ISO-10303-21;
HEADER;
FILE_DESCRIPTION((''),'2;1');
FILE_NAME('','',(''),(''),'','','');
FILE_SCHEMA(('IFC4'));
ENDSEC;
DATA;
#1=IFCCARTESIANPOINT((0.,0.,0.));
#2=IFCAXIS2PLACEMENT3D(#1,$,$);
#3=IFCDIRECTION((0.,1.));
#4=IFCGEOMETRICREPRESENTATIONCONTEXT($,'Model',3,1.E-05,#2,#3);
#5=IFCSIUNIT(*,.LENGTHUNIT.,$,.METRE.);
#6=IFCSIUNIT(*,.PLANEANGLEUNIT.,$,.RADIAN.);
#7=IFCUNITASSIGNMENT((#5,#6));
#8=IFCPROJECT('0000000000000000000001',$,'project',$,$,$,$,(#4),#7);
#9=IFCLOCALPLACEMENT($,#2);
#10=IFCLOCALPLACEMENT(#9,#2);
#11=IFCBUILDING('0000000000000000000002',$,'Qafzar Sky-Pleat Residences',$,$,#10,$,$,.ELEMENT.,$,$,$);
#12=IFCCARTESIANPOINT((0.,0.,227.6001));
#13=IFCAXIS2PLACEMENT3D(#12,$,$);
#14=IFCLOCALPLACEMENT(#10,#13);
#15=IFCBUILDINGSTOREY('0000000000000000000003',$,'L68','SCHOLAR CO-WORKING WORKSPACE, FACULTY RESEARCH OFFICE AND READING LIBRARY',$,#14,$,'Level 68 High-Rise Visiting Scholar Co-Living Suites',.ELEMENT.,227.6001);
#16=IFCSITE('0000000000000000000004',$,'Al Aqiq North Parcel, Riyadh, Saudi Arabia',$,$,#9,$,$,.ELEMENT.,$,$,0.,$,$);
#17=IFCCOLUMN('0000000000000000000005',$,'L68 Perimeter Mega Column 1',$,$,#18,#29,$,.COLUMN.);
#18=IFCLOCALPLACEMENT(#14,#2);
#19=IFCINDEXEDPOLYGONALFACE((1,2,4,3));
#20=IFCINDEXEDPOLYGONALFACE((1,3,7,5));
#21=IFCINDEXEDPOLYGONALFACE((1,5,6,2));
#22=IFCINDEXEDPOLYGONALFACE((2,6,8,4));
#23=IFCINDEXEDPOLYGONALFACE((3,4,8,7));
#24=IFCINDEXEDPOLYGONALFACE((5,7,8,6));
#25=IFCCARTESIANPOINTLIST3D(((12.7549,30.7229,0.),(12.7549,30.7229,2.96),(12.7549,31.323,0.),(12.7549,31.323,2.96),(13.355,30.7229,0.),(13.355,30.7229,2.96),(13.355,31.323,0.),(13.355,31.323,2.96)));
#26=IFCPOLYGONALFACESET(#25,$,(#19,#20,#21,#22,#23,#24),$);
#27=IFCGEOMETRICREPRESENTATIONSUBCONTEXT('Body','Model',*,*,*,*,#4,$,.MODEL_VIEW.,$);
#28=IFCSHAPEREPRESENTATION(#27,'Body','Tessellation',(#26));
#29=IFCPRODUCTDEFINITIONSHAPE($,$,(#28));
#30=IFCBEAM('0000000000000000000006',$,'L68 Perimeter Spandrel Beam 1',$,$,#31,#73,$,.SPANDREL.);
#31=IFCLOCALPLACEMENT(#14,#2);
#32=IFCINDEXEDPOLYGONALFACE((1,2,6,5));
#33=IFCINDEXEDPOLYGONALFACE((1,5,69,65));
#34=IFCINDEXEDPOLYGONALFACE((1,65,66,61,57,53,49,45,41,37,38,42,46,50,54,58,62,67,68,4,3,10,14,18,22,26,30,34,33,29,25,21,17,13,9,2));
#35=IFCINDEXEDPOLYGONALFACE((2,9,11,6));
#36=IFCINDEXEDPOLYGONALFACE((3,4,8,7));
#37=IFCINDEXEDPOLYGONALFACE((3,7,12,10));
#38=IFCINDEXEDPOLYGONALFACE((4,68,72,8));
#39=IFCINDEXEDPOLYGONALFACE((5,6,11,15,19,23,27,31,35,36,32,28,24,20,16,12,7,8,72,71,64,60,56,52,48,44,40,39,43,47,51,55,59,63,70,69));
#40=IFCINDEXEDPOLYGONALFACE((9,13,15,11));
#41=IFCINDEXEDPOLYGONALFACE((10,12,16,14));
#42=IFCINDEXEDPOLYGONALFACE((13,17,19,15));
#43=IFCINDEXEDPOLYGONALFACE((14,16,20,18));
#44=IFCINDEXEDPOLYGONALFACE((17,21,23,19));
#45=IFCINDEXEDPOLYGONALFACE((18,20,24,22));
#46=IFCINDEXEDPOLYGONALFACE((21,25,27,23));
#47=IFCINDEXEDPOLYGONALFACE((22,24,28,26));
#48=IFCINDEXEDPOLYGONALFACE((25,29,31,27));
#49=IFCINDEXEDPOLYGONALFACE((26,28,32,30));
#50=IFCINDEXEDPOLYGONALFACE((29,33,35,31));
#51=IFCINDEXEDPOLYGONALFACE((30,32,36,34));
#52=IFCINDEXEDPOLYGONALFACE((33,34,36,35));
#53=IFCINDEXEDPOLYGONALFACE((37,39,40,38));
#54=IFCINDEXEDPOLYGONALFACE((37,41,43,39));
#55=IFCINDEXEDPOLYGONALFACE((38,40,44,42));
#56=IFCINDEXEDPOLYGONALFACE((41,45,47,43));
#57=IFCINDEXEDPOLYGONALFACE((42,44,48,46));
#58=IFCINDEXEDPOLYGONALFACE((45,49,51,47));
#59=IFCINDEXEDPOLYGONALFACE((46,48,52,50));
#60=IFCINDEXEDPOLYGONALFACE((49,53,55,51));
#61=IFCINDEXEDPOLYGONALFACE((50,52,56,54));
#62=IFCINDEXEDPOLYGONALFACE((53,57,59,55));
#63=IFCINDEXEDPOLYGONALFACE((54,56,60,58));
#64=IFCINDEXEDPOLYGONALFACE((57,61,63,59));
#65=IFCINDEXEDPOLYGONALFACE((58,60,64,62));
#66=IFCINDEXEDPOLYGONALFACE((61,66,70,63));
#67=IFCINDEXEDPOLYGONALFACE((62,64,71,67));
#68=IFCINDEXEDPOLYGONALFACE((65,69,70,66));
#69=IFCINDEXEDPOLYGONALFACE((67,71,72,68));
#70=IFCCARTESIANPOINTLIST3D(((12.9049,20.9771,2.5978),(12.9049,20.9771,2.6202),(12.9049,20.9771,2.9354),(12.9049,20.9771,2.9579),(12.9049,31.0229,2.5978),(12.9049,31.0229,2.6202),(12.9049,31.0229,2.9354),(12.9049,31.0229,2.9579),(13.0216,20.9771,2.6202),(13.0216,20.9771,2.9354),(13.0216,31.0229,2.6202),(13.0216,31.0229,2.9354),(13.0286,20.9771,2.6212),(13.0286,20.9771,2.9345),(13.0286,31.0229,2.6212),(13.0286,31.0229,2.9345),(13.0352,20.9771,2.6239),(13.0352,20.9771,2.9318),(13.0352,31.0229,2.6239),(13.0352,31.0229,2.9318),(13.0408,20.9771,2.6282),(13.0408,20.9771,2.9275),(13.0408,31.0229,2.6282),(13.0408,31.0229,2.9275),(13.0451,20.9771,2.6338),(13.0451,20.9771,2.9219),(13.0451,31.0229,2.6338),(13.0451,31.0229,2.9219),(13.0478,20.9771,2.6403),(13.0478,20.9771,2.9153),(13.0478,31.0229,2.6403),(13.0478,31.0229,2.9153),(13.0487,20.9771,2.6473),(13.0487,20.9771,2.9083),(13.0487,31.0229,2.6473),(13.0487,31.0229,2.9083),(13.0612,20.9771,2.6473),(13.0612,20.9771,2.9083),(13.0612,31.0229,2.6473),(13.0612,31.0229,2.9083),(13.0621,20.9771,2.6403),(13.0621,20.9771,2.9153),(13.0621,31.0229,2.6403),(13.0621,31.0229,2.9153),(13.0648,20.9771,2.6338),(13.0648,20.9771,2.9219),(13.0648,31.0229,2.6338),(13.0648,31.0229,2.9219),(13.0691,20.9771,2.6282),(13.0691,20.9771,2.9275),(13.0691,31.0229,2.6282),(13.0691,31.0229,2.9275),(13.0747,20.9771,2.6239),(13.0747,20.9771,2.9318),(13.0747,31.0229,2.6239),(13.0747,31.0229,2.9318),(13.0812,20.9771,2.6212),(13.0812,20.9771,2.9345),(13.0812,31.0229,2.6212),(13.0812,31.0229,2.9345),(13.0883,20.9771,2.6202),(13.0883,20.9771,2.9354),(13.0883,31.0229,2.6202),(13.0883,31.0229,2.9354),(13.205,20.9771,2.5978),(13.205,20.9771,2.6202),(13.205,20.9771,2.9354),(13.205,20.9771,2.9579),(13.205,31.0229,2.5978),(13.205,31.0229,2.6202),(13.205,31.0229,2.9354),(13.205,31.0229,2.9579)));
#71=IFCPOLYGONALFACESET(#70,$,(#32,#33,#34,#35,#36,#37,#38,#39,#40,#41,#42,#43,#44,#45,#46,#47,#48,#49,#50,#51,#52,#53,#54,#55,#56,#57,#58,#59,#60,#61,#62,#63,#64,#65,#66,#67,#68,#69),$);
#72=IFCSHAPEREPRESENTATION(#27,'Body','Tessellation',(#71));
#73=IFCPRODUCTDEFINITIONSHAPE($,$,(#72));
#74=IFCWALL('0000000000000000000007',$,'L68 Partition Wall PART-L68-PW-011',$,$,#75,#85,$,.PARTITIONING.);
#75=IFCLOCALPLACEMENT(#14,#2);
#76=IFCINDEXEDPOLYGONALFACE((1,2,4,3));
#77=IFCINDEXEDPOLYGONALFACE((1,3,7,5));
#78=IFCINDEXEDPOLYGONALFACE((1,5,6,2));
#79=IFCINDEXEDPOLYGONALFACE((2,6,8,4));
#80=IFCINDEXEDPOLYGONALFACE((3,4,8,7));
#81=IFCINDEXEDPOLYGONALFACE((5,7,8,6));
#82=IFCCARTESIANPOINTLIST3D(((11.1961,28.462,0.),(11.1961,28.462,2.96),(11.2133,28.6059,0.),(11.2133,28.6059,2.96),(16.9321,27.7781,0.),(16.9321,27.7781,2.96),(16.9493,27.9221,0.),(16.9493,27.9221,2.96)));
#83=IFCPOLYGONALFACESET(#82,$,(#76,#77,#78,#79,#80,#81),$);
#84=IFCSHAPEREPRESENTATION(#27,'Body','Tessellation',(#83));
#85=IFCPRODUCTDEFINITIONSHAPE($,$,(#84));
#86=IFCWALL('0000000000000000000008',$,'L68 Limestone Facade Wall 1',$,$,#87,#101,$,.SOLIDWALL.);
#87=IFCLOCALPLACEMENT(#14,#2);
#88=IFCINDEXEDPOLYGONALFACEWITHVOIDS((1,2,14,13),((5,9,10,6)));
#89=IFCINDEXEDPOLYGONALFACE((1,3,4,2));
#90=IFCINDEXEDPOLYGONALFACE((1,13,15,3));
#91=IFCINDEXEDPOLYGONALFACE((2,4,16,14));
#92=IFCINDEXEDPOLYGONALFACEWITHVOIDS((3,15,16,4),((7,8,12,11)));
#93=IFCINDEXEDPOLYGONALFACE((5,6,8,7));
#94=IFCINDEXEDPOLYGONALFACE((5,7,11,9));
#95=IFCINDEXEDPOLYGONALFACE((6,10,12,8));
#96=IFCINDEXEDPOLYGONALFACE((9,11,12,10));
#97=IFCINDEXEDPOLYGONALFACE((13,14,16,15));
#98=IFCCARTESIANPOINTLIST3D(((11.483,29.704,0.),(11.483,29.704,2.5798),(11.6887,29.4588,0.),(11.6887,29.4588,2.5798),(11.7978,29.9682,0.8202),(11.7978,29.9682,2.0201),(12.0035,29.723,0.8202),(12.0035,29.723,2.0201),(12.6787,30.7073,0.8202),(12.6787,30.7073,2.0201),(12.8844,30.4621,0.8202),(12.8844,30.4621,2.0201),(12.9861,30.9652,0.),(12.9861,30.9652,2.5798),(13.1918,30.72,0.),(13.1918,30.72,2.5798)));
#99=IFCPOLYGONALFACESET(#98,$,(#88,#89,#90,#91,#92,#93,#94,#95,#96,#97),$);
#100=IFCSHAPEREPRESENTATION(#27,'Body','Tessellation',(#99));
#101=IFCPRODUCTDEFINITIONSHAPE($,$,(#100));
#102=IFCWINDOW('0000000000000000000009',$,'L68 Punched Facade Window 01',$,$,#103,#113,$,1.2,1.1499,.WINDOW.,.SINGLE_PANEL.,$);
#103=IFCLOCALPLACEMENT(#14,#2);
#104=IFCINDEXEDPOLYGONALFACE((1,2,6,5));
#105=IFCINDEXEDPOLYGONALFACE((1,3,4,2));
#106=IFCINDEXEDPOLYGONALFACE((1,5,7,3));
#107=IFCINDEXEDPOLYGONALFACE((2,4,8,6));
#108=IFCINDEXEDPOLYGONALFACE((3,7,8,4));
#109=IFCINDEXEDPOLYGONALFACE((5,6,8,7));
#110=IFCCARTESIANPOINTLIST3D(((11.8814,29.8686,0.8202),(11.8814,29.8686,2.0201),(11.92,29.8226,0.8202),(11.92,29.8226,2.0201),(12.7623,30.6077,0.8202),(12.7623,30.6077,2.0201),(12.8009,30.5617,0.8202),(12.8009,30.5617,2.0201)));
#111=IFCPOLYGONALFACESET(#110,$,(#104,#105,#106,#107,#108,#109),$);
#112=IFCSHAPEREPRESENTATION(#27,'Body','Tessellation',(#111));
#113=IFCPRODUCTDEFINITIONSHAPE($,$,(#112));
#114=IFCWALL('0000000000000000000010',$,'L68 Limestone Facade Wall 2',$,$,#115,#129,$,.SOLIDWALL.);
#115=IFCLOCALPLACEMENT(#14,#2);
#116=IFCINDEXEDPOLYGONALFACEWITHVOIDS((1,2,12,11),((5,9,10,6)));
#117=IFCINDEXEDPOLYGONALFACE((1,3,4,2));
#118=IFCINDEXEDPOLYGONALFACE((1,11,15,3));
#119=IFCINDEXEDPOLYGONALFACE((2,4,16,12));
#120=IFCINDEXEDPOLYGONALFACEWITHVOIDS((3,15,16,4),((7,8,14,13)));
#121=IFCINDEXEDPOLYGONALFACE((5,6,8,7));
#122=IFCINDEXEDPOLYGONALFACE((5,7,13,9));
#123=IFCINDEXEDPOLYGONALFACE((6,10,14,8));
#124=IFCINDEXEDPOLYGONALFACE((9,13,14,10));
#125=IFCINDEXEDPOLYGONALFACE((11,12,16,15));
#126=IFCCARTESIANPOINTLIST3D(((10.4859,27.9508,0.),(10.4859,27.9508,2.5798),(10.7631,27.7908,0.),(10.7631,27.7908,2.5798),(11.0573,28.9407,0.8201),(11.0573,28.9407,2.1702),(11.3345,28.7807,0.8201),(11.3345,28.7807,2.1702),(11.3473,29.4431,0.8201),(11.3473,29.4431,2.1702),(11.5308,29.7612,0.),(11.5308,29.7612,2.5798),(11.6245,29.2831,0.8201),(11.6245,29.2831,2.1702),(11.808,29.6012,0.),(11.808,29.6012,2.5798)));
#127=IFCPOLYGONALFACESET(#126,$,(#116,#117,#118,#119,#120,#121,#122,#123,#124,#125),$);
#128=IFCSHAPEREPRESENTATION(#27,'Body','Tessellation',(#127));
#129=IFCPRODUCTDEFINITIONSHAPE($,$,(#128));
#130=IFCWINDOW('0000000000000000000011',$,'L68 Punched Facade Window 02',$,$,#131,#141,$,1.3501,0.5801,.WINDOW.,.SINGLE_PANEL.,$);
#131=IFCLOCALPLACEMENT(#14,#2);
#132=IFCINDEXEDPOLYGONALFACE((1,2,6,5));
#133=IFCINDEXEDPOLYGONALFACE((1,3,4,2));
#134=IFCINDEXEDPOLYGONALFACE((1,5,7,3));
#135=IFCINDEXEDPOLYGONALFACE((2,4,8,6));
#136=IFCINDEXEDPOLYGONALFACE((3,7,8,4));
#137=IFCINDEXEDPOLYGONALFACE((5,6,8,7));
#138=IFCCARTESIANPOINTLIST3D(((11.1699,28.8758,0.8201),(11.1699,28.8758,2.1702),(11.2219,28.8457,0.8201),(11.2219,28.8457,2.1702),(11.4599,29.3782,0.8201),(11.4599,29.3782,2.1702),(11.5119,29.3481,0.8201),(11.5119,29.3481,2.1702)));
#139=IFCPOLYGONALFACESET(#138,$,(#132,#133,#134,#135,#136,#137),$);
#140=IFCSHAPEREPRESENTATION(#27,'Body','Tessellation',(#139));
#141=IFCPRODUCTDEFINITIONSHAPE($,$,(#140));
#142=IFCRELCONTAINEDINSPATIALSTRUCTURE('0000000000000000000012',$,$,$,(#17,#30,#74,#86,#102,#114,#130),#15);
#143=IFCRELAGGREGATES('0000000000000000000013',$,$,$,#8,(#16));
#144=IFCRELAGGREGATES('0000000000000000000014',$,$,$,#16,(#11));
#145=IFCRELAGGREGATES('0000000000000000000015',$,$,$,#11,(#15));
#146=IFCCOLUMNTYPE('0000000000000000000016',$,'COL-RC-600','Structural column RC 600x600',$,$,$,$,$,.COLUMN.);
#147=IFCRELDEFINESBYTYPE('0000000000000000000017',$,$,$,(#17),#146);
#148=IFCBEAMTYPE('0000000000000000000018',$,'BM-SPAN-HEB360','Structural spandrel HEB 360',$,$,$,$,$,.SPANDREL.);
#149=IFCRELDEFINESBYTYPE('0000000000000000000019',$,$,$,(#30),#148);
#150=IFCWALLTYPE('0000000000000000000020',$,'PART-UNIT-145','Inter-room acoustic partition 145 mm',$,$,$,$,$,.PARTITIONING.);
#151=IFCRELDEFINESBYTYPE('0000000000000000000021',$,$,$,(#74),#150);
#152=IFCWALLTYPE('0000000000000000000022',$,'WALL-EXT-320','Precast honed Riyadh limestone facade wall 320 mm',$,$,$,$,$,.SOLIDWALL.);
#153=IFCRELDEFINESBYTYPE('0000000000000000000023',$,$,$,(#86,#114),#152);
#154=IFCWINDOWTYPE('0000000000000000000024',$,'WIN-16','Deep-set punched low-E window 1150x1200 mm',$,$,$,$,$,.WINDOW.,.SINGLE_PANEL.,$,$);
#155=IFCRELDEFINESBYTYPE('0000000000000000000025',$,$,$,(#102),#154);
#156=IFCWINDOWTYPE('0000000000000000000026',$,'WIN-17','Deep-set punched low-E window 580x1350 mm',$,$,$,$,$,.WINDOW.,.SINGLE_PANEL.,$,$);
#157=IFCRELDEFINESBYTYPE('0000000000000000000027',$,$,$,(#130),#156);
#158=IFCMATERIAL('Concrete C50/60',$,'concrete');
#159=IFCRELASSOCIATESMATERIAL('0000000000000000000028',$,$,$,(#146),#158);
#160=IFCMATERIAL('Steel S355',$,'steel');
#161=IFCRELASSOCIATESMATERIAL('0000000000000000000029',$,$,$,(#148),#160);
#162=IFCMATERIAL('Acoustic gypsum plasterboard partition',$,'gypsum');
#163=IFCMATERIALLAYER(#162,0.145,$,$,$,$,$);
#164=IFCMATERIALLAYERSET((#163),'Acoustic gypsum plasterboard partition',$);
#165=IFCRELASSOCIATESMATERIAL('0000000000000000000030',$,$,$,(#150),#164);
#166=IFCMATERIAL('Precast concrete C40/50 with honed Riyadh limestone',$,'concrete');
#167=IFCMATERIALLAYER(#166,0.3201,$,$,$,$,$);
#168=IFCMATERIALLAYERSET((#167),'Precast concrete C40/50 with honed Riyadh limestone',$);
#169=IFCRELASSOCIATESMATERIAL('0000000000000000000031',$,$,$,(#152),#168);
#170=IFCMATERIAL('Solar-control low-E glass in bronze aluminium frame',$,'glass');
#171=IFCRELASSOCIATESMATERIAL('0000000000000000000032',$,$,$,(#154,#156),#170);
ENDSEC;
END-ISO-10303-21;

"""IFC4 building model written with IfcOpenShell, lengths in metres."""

from ifc_helpers import new_model, si_unit, direction, frame, frame_2d, origin, origin_2d, place, context, subcontext, project, spatial, rectangle, i_section, extrude, source, transform, mapped, material, layer, layer_set, material_profile, profile_set, type_object, element, fill, save


model = new_model("IFC4")

# Units and contexts
model_context = context("Model", 3, precision=1e-05, world=origin(), true_north=direction((0.0, 1.0)))
body_context = subcontext(model_context, "Body", "Model", "MODEL_VIEW")
ifc_project = project(units=[si_unit("LENGTHUNIT", "METRE"), si_unit("PLANEANGLEUNIT", "RADIAN")], contexts=[model_context])

# Site, building, storey
site_placement = place(None, origin())
site = spatial("IfcSite", under=ifc_project, at=site_placement, Name="Al Aqiq North Parcel, Riyadh, Saudi Arabia", CompositionType="ELEMENT", RefElevation=0.0)
building_placement = place(site_placement, origin())
building = spatial("IfcBuilding", under=site, at=building_placement, Name="Qafzar Sky-Pleat Residences", CompositionType="ELEMENT")
storey_placement = place(building_placement, frame((0.0, 0.0, 227.6001)))
storey = spatial("IfcBuildingStorey", under=building, at=storey_placement, Name="L68", Description="SCHOLAR CO-WORKING WORKSPACE, FACULTY RESEARCH OFFICE AND READING LIBRARY", LongName="Level 68 High-Rise Visiting Scholar Co-Living Suites", CompositionType="ELEMENT", Elevation=227.6001)

# Column
ifc_material_1 = material(Name="Concrete C50/60", Category="concrete")
ifc_material_profile_1 = material_profile(ifc_material_1, rectangle(XDim=0.6001, YDim=0.6001, at=origin_2d()), Name="RC 600x600")
ifc_profile_set_1 = profile_set([ifc_material_profile_1], Name="Concrete C50/60")
column_type = type_object("IfcColumnType", Name="COL-RC-600", Description="Structural column RC 600x600", PredefinedType="COLUMN", material=ifc_profile_set_1)
shared_shape_1 = source(origin(), body_context, "Body", "SweptSolid", [
    extrude(rectangle(XDim=0.6001, YDim=0.6001, at=origin_2d()), origin(), (0.0, 0.0, 1.0), 2.96),
])
column_placement = place(storey_placement, frame((13.0549, 31.0229, 0.0), z_axis=(0.0, 0.0, 1.0), x_axis=(1.0, 0.0, 0.0)))
element("IfcColumn", 1, at=column_placement, inside=storey, type_object=column_type, Name="L68 Perimeter Mega Column 1", PredefinedType="COLUMN", context=body_context, shape_type="MappedRepresentation", body=[
    mapped(shared_shape_1, transform((0.0, 0.0, 0.0), x_axis=(1.0, 0.0, 0.0), y_axis=(0.0, 1.0, 0.0), z_axis=(0.0, 0.0, 1.0), scale=1.0)),
])

# Beam
ifc_material_2 = material(Name="Steel S355", Category="steel")
ifc_material_profile_2 = material_profile(ifc_material_2, i_section(OverallWidth=0.3, OverallDepth=0.3601, WebThickness=0.0125, FlangeThickness=0.0225, FilletRadius=0.0271, at=origin_2d()), Name="HEB 360")
ifc_profile_set_2 = profile_set([ifc_material_profile_2], Name="Steel S355")
beam_type = type_object("IfcBeamType", Name="BM-SPAN-HEB360", Description="Structural spandrel HEB 360", PredefinedType="SPANDREL", material=ifc_profile_set_2)
shared_shape_2 = source(origin(), body_context, "Body", "SweptSolid", [
    extrude(i_section(OverallWidth=0.3, OverallDepth=0.3601, WebThickness=0.0125, FlangeThickness=0.0225, FilletRadius=0.0271, at=origin_2d()), origin(), (0.0, 0.0, 1.0), 10.0459),
])
beam_placement = place(storey_placement, frame((13.0549, 31.0229, 2.7778), z_axis=(0.0, -1.0, 0.0), x_axis=(1.0, 0.0, 0.0)))
element("IfcBeam", 2, at=beam_placement, inside=storey, type_object=beam_type, Name="L68 Perimeter Spandrel Beam 1", PredefinedType="SPANDREL", context=body_context, shape_type="MappedRepresentation", body=[
    mapped(shared_shape_2, transform((0.0, 0.0, 0.0), x_axis=(1.0, 0.0, 0.0), y_axis=(0.0, 1.0, 0.0), z_axis=(0.0, 0.0, 1.0), scale=1.0)),
])

# Wall
ifc_material_3 = material(Name="Acoustic gypsum plasterboard partition", Category="gypsum")
ifc_layer_1 = layer(ifc_material_3, 0.145)
ifc_layer_set_1 = layer_set([ifc_layer_1], Name="Acoustic gypsum plasterboard partition")
wall_type_1 = type_object("IfcWallType", Name="PART-UNIT-145", Description="Inter-room acoustic partition 145 mm", PredefinedType="PARTITIONING", material=ifc_layer_set_1)
wall_1_placement = place(storey_placement, frame((11.2048, 28.5339, 0.0), z_axis=(0.0, 0.0, 1.0), x_axis=(0.992969, -0.118379, 0.0)))
element("IfcWall", 3, at=wall_1_placement, inside=storey, type_object=wall_type_1, Name="L68 Partition Wall PART-L68-PW-011", PredefinedType="PARTITIONING", context=body_context, shape_type="SweptSolid", body=[
    extrude(rectangle(XDim=5.7766, YDim=0.145, at=frame_2d((2.8882, 0.0))), origin(), (0.0, 0.0, 1.0), 2.96),
])

# Walls, openings, windows
ifc_material_4 = material(Name="Precast concrete C40/50 with honed Riyadh limestone", Category="concrete")
ifc_layer_2 = layer(ifc_material_4, 0.3201)
ifc_layer_set_2 = layer_set([ifc_layer_2], Name="Precast concrete C40/50 with honed Riyadh limestone")
wall_type_2 = type_object("IfcWallType", Name="WALL-EXT-320", Description="Precast honed Riyadh limestone facade wall 320 mm", PredefinedType="SOLIDWALL", material=ifc_layer_set_2)
wall_2_placement = place(storey_placement, frame((13.0889, 30.8425, 0.0), z_axis=(0.0, 0.0, 1.0), x_axis=(-0.766065, -0.642763, 0.0)))
wall_2 = element("IfcWall", 4, at=wall_2_placement, inside=storey, type_object=wall_type_2, Name="L68 Limestone Facade Wall 1", PredefinedType="SOLIDWALL", context=body_context, shape_type="SweptSolid", body=[
    extrude(rectangle(XDim=1.9622, YDim=0.3201, at=frame_2d((0.981, 0.0))), origin(), (0.0, 0.0, 1.0), 2.5798),
])
opening_1_placement = place(wall_2_placement, frame((0.4011, 0.0, 0.8201)))
opening_1 = element("IfcOpeningElement", 5, at=opening_1_placement, cuts=wall_2, PredefinedType="OPENING", context=body_context, shape_type="SweptSolid", body=[
    extrude(rectangle(XDim=1.1499, YDim=1.2, at=frame_2d((0.575, 0.6001))), frame((0.0, 0.1699, 0.0), z_axis=(0.0, -1.0, 0.0), x_axis=(1.0, 0.0, 0.0)), (0.0, 0.0, 1.0), 0.3401),
])
ifc_material_5 = material(Name="Solar-control low-E glass in bronze aluminium frame", Category="glass")
window_type_1 = type_object("IfcWindowType", Name="WIN-16", Description="Deep-set punched low-E window 1150x1200 mm", PartitioningType="SINGLE_PANEL", PredefinedType="WINDOW", material=ifc_material_5)
shared_shape_3 = source(origin(), body_context, "Body", "SweptSolid", [
    extrude(rectangle(XDim=1.1499, YDim=1.2, at=frame_2d((0.575, 0.6001))), frame((0.0, 0.03, 0.0), z_axis=(0.0, -1.0, 0.0), x_axis=(1.0, 0.0, 0.0)), (0.0, 0.0, 1.0), 0.0601),
])
window_1_placement = place(opening_1_placement, origin())
window_1 = element("IfcWindow", 6, at=window_1_placement, inside=storey, type_object=window_type_1, Name="L68 Punched Facade Window 01", OverallHeight=1.2, OverallWidth=1.1499, PartitioningType="SINGLE_PANEL", PredefinedType="WINDOW", context=body_context, shape_type="MappedRepresentation", body=[
    mapped(shared_shape_3, transform((0.0, 0.0, 0.0), x_axis=(1.0, 0.0, 0.0), y_axis=(0.0, 1.0, 0.0), z_axis=(0.0, 0.0, 1.0), scale=1.0)),
])
fill(opening_1, window_1)
wall_3_placement = place(storey_placement, frame((11.6694, 29.6812, 0.0), z_axis=(0.0, 0.0, 1.0), x_axis=(-0.499908, -0.866079, 0.0)))
wall_3 = element("IfcWall", 7, at=wall_3_placement, inside=storey, type_object=wall_type_2, Name="L68 Limestone Facade Wall 2", PredefinedType="SOLIDWALL", context=body_context, shape_type="SweptSolid", body=[
    extrude(rectangle(XDim=2.0903, YDim=0.3201, at=frame_2d((1.0452, 0.0))), origin(), (0.0, 0.0, 1.0), 2.5798),
])
opening_2_placement = place(wall_3_placement, frame((0.3672, 0.0, 0.8201)))
opening_2 = element("IfcOpeningElement", 8, at=opening_2_placement, cuts=wall_3, PredefinedType="OPENING", context=body_context, shape_type="SweptSolid", body=[
    extrude(rectangle(XDim=0.5801, YDim=1.3501, at=frame_2d((0.29, 0.675))), frame((0.0, 0.1699, 0.0), z_axis=(0.0, -1.0, 0.0), x_axis=(1.0, 0.0, 0.0)), (0.0, 0.0, 1.0), 0.3401),
])
window_type_2 = type_object("IfcWindowType", Name="WIN-17", Description="Deep-set punched low-E window 580x1350 mm", PartitioningType="SINGLE_PANEL", PredefinedType="WINDOW", material=ifc_material_5)
shared_shape_4 = source(origin(), body_context, "Body", "SweptSolid", [
    extrude(rectangle(XDim=0.5801, YDim=1.3501, at=frame_2d((0.29, 0.675))), frame((0.0, 0.03, 0.0), z_axis=(0.0, -1.0, 0.0), x_axis=(1.0, 0.0, 0.0)), (0.0, 0.0, 1.0), 0.0601),
])
window_2_placement = place(opening_2_placement, origin())
window_2 = element("IfcWindow", 9, at=window_2_placement, inside=storey, type_object=window_type_2, Name="L68 Punched Facade Window 02", OverallHeight=1.3501, OverallWidth=0.5801, PartitioningType="SINGLE_PANEL", PredefinedType="WINDOW", context=body_context, shape_type="MappedRepresentation", body=[
    mapped(shared_shape_4, transform((0.0, 0.0, 0.0), x_axis=(1.0, 0.0, 0.0), y_axis=(0.0, 1.0, 0.0), z_axis=(0.0, 0.0, 1.0), scale=1.0)),
])
fill(opening_2, window_2)

save(model, "model.ifc")
